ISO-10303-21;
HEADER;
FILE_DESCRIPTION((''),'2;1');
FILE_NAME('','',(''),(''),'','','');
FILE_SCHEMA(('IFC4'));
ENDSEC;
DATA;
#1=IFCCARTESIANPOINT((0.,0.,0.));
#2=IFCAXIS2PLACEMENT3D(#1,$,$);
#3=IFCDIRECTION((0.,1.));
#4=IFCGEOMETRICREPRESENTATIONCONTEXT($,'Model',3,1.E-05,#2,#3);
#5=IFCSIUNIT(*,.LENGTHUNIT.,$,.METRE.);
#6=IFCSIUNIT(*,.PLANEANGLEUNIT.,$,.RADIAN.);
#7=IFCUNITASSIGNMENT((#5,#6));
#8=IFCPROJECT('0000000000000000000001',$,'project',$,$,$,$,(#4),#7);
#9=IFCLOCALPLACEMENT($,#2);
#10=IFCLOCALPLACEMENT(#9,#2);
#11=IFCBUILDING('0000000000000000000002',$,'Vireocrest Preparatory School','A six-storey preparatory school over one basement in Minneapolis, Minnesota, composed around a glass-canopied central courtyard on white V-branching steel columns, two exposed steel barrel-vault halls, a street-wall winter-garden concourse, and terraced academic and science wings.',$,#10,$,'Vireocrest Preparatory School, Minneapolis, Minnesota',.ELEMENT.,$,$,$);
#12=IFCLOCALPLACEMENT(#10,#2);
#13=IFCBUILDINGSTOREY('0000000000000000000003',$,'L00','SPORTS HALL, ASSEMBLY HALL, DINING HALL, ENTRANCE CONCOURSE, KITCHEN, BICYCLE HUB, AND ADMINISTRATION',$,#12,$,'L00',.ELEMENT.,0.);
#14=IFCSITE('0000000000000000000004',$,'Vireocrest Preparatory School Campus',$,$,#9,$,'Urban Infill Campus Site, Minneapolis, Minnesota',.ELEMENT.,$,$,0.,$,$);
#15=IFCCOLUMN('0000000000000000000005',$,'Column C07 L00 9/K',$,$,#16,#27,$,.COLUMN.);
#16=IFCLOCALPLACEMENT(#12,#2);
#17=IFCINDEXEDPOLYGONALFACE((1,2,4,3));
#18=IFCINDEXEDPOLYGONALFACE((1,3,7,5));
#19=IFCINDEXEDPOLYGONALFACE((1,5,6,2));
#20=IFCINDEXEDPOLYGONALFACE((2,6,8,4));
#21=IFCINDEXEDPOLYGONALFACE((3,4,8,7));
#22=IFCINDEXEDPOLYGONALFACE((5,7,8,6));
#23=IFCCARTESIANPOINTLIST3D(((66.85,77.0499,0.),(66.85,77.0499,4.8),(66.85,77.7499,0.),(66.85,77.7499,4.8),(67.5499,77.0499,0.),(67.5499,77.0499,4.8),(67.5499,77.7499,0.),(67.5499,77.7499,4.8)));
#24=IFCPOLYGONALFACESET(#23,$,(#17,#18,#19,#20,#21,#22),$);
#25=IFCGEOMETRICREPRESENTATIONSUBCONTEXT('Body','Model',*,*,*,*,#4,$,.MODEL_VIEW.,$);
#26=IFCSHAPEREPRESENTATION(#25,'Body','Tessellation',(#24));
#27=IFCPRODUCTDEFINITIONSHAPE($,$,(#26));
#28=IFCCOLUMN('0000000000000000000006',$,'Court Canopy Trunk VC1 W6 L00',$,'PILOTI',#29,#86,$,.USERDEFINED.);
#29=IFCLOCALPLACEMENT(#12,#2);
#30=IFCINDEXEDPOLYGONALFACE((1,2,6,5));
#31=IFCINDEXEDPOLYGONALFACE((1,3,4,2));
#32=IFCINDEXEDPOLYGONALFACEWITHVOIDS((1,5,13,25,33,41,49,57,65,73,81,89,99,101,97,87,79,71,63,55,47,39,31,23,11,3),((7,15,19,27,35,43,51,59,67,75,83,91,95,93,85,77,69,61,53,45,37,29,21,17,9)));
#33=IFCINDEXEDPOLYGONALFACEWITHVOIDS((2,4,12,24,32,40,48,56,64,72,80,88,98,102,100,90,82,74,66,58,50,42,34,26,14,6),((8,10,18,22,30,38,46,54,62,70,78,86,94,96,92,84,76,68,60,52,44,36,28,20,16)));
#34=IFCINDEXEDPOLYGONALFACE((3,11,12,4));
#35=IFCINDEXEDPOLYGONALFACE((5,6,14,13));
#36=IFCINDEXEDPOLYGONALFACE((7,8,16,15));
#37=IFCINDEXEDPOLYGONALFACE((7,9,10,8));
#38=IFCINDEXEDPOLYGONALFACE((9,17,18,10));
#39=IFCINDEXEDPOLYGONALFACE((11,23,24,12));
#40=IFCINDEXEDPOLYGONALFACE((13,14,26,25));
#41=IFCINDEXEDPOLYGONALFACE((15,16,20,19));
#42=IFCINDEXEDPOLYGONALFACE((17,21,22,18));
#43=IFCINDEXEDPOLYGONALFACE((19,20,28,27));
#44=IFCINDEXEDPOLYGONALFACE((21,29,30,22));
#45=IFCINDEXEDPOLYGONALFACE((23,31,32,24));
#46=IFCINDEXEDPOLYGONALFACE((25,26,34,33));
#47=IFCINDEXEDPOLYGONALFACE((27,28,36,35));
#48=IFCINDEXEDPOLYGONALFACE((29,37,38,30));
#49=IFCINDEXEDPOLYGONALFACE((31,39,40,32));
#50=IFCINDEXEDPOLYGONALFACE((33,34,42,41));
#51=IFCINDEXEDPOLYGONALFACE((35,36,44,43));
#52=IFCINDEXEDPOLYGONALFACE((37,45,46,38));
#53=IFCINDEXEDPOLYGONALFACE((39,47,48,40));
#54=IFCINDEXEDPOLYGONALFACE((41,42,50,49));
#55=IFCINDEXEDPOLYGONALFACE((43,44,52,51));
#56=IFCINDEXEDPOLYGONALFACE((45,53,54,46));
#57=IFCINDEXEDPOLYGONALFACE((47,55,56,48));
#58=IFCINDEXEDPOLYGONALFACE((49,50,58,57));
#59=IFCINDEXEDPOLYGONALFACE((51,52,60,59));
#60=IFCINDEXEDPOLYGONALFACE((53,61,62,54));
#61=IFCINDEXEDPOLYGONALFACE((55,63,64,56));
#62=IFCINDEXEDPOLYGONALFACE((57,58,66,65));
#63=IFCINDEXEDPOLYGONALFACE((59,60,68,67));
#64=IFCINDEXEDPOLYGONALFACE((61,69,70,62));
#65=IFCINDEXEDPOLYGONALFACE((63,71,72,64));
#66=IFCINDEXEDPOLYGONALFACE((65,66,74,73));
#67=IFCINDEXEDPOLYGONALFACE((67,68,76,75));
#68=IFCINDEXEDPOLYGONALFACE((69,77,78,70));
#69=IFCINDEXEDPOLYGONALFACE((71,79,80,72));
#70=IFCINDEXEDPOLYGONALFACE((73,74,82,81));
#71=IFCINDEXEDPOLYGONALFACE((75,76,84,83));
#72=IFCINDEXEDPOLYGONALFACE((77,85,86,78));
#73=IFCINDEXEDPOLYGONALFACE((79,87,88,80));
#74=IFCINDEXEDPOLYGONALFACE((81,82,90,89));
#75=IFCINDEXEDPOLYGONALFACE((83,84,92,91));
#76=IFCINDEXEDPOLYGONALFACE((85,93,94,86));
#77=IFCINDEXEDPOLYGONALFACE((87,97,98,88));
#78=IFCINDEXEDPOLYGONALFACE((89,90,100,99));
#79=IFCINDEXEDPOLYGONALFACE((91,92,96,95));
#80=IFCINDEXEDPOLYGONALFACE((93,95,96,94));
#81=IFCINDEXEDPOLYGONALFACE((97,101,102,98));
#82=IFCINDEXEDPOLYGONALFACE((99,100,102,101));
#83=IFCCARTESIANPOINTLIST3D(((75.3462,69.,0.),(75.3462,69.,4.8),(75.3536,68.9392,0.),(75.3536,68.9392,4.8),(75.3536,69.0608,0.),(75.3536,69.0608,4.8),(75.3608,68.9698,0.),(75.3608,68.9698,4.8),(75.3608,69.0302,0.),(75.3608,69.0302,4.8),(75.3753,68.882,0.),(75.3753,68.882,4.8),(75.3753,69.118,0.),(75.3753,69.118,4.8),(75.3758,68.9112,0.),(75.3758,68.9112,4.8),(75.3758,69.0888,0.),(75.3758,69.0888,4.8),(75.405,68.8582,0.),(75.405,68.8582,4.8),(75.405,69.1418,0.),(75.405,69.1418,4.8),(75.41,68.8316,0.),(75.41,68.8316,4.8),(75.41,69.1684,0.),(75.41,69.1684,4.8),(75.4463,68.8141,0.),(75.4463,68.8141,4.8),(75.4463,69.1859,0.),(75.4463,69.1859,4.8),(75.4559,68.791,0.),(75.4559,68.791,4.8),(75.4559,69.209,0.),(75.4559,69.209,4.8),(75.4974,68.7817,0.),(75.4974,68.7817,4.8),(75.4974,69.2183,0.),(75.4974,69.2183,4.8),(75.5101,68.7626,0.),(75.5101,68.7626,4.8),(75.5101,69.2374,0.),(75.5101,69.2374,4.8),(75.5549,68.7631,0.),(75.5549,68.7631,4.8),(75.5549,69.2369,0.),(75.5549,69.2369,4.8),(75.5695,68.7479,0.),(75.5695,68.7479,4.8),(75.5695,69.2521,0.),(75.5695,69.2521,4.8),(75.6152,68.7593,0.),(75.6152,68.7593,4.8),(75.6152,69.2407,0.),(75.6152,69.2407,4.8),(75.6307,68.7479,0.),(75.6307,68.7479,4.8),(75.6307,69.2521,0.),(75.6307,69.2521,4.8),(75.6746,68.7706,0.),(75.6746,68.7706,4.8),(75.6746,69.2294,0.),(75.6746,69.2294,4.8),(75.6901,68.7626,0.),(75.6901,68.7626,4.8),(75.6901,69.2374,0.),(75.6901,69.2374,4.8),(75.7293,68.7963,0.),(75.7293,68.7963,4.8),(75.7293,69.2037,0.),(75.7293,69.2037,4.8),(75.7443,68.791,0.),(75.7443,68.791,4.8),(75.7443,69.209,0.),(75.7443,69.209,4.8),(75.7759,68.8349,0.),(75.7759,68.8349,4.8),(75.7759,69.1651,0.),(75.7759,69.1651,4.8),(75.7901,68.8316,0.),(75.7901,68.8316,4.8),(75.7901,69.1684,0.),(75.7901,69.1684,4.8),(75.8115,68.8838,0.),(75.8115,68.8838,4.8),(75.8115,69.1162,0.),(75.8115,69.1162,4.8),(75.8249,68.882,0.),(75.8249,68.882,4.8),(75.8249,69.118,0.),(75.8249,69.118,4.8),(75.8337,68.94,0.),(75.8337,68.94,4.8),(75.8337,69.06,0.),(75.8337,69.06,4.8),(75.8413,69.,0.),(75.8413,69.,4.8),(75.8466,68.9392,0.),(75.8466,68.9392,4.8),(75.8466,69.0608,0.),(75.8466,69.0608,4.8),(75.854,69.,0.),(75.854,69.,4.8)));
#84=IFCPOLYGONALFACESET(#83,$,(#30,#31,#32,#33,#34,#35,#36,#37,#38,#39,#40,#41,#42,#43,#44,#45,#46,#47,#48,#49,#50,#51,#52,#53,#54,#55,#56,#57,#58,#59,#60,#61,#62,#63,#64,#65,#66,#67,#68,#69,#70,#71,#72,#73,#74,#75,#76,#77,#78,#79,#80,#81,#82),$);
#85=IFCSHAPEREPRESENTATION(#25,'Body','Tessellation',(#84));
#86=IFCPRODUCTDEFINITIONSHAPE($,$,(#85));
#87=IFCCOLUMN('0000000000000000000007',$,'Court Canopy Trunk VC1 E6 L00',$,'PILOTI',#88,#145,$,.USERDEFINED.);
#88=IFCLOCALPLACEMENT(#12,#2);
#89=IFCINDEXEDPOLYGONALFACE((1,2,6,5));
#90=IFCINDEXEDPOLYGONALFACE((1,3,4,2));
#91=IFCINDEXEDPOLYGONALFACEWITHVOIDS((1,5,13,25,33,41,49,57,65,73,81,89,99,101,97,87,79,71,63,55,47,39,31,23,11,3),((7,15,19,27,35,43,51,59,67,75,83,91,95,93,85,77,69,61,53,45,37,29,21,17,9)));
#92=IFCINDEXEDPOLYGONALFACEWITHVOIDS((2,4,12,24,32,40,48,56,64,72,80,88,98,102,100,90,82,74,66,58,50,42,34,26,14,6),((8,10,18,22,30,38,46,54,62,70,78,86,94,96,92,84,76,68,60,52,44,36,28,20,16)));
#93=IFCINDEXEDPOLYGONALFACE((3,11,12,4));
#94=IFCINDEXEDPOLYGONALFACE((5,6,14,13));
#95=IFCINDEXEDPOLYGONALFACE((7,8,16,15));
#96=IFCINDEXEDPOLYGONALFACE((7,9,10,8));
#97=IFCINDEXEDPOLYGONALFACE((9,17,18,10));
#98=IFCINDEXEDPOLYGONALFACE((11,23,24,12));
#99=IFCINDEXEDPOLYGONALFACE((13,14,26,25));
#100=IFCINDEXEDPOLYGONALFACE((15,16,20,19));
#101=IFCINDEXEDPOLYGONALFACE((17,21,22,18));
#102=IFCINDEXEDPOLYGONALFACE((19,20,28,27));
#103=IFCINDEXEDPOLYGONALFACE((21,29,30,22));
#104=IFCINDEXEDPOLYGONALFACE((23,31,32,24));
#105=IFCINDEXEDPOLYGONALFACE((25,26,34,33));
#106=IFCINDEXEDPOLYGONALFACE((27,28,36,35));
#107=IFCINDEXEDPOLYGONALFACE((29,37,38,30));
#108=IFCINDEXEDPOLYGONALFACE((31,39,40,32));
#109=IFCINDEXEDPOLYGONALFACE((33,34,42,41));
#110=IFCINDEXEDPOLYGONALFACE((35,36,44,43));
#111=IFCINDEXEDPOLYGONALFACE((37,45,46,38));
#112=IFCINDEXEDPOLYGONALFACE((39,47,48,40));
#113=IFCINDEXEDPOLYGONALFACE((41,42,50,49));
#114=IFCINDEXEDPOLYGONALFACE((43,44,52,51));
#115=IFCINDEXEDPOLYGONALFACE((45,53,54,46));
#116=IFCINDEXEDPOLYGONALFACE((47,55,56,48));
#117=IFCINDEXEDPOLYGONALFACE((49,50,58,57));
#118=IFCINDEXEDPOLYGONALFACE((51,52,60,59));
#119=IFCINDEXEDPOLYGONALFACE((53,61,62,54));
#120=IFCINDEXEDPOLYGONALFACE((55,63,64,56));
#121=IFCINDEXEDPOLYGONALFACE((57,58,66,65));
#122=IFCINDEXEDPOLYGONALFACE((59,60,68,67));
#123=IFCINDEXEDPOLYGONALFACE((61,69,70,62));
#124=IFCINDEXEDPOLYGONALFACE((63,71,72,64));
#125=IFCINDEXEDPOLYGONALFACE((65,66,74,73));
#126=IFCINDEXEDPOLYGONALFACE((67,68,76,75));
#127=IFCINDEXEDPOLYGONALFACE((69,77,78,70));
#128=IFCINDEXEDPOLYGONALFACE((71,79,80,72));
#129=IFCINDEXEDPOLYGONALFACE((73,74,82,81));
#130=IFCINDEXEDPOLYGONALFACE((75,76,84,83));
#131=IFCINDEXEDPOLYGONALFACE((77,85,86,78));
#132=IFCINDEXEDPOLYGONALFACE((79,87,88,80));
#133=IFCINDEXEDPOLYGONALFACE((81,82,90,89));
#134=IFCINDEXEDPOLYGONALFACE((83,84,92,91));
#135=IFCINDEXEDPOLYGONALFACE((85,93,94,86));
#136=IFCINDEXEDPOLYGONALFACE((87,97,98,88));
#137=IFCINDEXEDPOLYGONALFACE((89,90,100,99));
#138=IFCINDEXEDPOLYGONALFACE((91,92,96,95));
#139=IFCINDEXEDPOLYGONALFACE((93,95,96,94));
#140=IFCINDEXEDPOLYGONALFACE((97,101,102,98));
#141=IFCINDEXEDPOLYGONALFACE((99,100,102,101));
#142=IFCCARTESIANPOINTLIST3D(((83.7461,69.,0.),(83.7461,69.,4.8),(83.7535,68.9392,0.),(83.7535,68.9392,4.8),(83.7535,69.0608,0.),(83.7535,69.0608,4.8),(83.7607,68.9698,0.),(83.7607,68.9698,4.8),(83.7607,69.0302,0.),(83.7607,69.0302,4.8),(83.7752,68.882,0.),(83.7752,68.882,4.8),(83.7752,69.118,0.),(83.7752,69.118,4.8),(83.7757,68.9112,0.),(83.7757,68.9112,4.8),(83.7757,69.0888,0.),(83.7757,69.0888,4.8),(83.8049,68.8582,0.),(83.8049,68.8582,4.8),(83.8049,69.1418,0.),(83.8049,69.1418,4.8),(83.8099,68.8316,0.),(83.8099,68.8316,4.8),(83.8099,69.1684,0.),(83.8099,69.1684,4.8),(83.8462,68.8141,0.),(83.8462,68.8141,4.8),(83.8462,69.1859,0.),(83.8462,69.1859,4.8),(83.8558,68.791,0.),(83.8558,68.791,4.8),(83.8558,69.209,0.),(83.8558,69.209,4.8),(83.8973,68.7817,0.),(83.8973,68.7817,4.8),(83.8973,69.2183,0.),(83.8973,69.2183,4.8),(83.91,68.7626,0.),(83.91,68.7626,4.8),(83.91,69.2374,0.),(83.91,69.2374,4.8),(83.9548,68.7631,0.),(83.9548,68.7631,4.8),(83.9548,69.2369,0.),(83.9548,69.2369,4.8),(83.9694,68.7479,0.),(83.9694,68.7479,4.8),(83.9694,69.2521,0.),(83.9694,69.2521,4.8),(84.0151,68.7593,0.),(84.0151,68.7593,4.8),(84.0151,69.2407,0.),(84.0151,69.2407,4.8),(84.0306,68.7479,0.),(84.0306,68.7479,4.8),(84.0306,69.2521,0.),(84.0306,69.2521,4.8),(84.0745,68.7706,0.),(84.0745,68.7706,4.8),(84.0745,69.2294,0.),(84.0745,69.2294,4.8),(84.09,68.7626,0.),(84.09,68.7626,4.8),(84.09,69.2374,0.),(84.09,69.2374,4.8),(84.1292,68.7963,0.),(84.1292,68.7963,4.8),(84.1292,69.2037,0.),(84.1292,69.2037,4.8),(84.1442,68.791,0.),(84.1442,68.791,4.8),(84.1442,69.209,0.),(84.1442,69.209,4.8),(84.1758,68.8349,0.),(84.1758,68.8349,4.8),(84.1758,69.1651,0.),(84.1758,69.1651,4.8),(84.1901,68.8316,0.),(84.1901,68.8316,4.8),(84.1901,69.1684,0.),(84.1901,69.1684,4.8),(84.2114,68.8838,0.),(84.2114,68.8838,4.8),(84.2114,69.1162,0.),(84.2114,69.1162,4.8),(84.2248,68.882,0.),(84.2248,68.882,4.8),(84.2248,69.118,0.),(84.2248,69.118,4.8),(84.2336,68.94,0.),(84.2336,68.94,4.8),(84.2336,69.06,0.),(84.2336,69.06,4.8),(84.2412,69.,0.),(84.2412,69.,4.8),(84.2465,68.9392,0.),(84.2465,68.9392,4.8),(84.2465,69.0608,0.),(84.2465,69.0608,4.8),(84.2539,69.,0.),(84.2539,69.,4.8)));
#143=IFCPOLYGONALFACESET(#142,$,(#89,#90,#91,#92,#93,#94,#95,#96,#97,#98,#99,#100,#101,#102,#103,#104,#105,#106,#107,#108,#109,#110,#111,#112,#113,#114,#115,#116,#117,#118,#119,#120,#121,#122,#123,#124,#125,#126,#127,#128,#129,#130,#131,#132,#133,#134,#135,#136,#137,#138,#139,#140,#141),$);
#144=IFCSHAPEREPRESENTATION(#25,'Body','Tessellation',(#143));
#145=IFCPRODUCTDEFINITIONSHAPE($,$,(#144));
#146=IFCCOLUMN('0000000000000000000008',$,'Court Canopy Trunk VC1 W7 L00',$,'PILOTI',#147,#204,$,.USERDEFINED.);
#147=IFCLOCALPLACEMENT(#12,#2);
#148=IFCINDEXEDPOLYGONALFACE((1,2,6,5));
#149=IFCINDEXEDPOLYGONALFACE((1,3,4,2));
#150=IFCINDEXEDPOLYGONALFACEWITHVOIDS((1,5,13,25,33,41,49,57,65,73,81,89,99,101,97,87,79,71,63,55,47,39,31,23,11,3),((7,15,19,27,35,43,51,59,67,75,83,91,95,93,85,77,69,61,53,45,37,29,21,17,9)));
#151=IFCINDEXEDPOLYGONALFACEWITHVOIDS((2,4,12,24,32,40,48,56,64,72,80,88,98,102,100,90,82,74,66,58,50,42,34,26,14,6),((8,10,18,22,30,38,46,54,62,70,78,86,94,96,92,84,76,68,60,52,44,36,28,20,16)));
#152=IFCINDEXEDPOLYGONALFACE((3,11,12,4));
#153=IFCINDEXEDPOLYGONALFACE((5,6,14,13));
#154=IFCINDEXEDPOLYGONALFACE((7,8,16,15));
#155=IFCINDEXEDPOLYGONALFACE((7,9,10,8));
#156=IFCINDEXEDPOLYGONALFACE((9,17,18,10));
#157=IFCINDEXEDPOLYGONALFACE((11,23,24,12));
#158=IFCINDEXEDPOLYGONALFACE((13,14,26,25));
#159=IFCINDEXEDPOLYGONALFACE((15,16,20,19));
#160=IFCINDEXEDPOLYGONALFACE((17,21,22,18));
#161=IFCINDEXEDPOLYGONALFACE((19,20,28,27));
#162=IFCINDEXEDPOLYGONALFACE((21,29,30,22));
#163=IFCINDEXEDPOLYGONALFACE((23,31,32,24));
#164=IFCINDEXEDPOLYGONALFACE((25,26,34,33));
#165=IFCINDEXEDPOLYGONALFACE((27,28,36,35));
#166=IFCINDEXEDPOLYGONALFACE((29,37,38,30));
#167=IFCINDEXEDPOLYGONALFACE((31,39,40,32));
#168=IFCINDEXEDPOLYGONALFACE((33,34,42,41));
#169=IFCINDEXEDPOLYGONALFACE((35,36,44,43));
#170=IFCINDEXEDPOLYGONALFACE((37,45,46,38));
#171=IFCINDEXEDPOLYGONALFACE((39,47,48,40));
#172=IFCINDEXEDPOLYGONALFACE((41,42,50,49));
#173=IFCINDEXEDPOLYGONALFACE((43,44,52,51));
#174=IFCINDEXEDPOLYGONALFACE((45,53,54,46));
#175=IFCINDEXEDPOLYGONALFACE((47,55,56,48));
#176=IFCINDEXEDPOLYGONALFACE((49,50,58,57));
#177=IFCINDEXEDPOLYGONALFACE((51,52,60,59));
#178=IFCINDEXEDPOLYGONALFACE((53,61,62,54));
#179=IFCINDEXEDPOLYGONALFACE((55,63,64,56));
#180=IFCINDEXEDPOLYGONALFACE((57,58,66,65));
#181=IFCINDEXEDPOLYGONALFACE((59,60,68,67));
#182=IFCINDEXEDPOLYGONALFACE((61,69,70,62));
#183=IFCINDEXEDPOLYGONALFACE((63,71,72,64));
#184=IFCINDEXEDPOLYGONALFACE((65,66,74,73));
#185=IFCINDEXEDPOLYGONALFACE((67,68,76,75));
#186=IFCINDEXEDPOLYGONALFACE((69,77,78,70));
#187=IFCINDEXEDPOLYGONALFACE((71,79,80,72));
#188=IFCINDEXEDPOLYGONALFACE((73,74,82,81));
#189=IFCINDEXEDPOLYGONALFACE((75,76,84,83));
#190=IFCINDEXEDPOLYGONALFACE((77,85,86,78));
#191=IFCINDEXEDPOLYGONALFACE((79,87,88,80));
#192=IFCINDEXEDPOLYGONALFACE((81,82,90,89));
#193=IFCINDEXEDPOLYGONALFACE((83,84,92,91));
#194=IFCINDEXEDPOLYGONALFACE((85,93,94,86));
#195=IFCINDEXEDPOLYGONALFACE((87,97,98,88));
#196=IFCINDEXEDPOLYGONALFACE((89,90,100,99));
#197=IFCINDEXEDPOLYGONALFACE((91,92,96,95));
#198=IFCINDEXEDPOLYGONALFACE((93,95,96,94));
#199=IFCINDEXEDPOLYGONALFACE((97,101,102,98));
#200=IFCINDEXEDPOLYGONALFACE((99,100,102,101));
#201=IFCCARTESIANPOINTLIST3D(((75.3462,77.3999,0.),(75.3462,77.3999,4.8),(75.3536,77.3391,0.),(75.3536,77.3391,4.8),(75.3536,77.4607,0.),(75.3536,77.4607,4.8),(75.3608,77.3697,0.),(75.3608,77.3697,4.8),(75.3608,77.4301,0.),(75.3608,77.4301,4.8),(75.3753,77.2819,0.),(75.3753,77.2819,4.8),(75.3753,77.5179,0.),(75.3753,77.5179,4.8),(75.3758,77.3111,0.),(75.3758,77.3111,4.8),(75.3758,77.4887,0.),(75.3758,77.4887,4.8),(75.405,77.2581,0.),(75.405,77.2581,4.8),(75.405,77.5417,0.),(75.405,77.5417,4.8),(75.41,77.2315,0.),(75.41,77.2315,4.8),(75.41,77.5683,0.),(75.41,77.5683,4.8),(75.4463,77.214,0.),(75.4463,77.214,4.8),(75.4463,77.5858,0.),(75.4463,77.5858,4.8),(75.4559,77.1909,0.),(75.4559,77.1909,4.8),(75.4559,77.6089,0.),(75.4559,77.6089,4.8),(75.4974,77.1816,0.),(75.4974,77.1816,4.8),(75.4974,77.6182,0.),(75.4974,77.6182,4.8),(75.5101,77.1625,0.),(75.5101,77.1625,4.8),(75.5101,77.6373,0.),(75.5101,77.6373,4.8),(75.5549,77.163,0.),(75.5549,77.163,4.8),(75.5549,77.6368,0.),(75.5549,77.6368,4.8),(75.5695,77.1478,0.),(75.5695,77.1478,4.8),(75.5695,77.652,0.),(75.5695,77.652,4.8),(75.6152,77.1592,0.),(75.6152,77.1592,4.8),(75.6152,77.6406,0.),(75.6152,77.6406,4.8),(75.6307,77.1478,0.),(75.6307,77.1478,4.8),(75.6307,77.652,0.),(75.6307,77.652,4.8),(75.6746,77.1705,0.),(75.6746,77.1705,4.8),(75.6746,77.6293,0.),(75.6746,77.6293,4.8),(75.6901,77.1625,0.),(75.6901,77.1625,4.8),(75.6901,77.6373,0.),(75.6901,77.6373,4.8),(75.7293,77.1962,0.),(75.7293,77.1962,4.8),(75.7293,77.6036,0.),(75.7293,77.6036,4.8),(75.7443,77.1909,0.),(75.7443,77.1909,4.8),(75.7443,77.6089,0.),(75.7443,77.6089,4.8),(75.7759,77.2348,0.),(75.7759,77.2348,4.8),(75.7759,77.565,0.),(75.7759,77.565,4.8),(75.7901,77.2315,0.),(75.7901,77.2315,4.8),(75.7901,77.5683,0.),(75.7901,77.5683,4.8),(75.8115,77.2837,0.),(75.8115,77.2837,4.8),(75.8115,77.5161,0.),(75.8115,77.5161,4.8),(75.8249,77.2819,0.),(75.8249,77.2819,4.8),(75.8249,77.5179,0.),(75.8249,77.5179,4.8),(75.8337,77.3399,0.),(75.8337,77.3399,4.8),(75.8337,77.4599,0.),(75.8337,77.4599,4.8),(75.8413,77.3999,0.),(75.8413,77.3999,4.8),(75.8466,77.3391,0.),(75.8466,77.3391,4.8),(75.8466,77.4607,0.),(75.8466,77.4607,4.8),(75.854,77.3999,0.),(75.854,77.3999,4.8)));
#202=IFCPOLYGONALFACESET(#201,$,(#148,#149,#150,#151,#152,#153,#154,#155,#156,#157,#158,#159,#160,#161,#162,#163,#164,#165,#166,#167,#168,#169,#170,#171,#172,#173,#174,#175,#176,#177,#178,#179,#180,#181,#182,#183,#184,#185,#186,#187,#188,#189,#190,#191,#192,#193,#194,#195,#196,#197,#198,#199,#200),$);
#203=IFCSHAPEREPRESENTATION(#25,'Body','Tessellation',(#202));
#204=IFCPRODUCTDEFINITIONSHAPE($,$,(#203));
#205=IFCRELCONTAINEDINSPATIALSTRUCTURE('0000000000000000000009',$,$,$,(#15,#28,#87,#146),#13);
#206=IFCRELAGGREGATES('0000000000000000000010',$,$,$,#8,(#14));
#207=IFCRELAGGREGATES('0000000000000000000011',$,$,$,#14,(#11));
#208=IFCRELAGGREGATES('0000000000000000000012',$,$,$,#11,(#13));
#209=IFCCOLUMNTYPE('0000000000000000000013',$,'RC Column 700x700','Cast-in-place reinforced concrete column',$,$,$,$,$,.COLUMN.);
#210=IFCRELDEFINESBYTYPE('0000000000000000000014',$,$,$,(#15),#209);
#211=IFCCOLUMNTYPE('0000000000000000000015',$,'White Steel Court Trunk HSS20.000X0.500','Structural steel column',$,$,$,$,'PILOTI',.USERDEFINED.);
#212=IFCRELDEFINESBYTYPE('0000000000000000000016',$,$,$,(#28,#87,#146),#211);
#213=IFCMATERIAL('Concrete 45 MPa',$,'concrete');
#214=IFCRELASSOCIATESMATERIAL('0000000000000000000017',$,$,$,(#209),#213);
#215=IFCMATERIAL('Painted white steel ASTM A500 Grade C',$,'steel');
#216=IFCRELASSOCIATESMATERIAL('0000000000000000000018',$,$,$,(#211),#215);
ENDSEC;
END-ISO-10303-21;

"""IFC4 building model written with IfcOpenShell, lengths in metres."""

from ifc_helpers import new_model, si_unit, direction, frame, origin, origin_2d, place, context, subcontext, project, spatial, rectangle, hollow_circle, extrude, material, material_profile, profile_set, type_object, element, save


model = new_model("IFC4")

# Units and contexts
model_context = context("Model", 3, precision=1e-05, world=origin(), true_north=direction((0.0, 1.0)))
body_context = subcontext(model_context, "Body", "Model", "MODEL_VIEW")
ifc_project = project(units=[si_unit("LENGTHUNIT", "METRE"), si_unit("PLANEANGLEUNIT", "RADIAN")], contexts=[model_context])

# Site, building, storey
site_placement = place(None, origin())
site = spatial("IfcSite", under=ifc_project, at=site_placement, Name="Vireocrest Preparatory School Campus", LongName="Urban Infill Campus Site, Minneapolis, Minnesota", CompositionType="ELEMENT", RefElevation=0.0)
building_placement = place(site_placement, origin())
building = spatial("IfcBuilding", under=site, at=building_placement, Name="Vireocrest Preparatory School", Description="A six-storey preparatory school over one basement in Minneapolis, Minnesota, composed around a glass-canopied central courtyard on white V-branching steel columns, two exposed steel barrel-vault halls, a street-wall winter-garden concourse, and terraced academic and science wings.", LongName="Vireocrest Preparatory School, Minneapolis, Minnesota", CompositionType="ELEMENT")
storey_placement = place(building_placement, origin())
storey = spatial("IfcBuildingStorey", under=building, at=storey_placement, Name="L00", Description="SPORTS HALL, ASSEMBLY HALL, DINING HALL, ENTRANCE CONCOURSE, KITCHEN, BICYCLE HUB, AND ADMINISTRATION", LongName="L00", CompositionType="ELEMENT", Elevation=0.0)

# Columns
ifc_material_1 = material(Name="Concrete 45 MPa", Category="concrete")
ifc_material_profile_1 = material_profile(ifc_material_1, rectangle(XDim=0.7, YDim=0.7, at=origin_2d()), Name="RC 700x700")
ifc_profile_set_1 = profile_set([ifc_material_profile_1], Name="Concrete 45 MPa")
column_type_1 = type_object("IfcColumnType", Name="RC Column 700x700", Description="Cast-in-place reinforced concrete column", PredefinedType="COLUMN", material=ifc_profile_set_1)
column_placement = place(storey_placement, frame((67.2, 77.3999, 0.0), z_axis=(0.0, 0.0, 1.0), x_axis=(1.0, 0.0, 0.0)))
element("IfcColumn", 1, at=column_placement, inside=storey, type_object=column_type_1, Name="Column C07 L00 9/K", PredefinedType="COLUMN", context=body_context, shape_type="SweptSolid", body=[
    extrude(rectangle(XDim=0.7, YDim=0.7, at=origin_2d()), origin(), (0.0, 0.0, 1.0), 4.8),
])
ifc_material_2 = material(Name="Painted white steel ASTM A500 Grade C", Category="steel")
ifc_material_profile_2 = material_profile(ifc_material_2, hollow_circle(Radius=0.2539, WallThickness=0.0127, at=origin_2d()), Name="HSS20.000X0.500")
ifc_profile_set_2 = profile_set([ifc_material_profile_2], Name="Painted white steel ASTM A500 Grade C")
column_type_2 = type_object("IfcColumnType", Name="White Steel Court Trunk HSS20.000X0.500", Description="Structural steel column", ElementType="PILOTI", PredefinedType="USERDEFINED", material=ifc_profile_set_2)
for number, where, z_axis, x_axis, name in (
    (2, (75.6001, 69.0, 0.0), (0.0, 0.0, 1.0), (1.0, 0.0, 0.0), "Court Canopy Trunk VC1 W6 L00"),
    (3, (84.0, 69.0, 0.0), (0.0, 0.0, 1.0), (1.0, 0.0, 0.0), "Court Canopy Trunk VC1 E6 L00"),
    (4, (75.6001, 77.3999, 0.0), (0.0, 0.0, 1.0), (1.0, 0.0, 0.0), "Court Canopy Trunk VC1 W7 L00"),
):
    element("IfcColumn", number, at=place(storey_placement, frame(where, z_axis=z_axis, x_axis=x_axis)), inside=storey, type_object=column_type_2, Name=name, ObjectType="PILOTI", PredefinedType="USERDEFINED", context=body_context, shape_type="SweptSolid", body=[
        extrude(hollow_circle(Radius=0.2539, WallThickness=0.0127, at=origin_2d()), origin(), (0.0, 0.0, 1.0), 4.8),
    ])

save(model, "model.ifc")
